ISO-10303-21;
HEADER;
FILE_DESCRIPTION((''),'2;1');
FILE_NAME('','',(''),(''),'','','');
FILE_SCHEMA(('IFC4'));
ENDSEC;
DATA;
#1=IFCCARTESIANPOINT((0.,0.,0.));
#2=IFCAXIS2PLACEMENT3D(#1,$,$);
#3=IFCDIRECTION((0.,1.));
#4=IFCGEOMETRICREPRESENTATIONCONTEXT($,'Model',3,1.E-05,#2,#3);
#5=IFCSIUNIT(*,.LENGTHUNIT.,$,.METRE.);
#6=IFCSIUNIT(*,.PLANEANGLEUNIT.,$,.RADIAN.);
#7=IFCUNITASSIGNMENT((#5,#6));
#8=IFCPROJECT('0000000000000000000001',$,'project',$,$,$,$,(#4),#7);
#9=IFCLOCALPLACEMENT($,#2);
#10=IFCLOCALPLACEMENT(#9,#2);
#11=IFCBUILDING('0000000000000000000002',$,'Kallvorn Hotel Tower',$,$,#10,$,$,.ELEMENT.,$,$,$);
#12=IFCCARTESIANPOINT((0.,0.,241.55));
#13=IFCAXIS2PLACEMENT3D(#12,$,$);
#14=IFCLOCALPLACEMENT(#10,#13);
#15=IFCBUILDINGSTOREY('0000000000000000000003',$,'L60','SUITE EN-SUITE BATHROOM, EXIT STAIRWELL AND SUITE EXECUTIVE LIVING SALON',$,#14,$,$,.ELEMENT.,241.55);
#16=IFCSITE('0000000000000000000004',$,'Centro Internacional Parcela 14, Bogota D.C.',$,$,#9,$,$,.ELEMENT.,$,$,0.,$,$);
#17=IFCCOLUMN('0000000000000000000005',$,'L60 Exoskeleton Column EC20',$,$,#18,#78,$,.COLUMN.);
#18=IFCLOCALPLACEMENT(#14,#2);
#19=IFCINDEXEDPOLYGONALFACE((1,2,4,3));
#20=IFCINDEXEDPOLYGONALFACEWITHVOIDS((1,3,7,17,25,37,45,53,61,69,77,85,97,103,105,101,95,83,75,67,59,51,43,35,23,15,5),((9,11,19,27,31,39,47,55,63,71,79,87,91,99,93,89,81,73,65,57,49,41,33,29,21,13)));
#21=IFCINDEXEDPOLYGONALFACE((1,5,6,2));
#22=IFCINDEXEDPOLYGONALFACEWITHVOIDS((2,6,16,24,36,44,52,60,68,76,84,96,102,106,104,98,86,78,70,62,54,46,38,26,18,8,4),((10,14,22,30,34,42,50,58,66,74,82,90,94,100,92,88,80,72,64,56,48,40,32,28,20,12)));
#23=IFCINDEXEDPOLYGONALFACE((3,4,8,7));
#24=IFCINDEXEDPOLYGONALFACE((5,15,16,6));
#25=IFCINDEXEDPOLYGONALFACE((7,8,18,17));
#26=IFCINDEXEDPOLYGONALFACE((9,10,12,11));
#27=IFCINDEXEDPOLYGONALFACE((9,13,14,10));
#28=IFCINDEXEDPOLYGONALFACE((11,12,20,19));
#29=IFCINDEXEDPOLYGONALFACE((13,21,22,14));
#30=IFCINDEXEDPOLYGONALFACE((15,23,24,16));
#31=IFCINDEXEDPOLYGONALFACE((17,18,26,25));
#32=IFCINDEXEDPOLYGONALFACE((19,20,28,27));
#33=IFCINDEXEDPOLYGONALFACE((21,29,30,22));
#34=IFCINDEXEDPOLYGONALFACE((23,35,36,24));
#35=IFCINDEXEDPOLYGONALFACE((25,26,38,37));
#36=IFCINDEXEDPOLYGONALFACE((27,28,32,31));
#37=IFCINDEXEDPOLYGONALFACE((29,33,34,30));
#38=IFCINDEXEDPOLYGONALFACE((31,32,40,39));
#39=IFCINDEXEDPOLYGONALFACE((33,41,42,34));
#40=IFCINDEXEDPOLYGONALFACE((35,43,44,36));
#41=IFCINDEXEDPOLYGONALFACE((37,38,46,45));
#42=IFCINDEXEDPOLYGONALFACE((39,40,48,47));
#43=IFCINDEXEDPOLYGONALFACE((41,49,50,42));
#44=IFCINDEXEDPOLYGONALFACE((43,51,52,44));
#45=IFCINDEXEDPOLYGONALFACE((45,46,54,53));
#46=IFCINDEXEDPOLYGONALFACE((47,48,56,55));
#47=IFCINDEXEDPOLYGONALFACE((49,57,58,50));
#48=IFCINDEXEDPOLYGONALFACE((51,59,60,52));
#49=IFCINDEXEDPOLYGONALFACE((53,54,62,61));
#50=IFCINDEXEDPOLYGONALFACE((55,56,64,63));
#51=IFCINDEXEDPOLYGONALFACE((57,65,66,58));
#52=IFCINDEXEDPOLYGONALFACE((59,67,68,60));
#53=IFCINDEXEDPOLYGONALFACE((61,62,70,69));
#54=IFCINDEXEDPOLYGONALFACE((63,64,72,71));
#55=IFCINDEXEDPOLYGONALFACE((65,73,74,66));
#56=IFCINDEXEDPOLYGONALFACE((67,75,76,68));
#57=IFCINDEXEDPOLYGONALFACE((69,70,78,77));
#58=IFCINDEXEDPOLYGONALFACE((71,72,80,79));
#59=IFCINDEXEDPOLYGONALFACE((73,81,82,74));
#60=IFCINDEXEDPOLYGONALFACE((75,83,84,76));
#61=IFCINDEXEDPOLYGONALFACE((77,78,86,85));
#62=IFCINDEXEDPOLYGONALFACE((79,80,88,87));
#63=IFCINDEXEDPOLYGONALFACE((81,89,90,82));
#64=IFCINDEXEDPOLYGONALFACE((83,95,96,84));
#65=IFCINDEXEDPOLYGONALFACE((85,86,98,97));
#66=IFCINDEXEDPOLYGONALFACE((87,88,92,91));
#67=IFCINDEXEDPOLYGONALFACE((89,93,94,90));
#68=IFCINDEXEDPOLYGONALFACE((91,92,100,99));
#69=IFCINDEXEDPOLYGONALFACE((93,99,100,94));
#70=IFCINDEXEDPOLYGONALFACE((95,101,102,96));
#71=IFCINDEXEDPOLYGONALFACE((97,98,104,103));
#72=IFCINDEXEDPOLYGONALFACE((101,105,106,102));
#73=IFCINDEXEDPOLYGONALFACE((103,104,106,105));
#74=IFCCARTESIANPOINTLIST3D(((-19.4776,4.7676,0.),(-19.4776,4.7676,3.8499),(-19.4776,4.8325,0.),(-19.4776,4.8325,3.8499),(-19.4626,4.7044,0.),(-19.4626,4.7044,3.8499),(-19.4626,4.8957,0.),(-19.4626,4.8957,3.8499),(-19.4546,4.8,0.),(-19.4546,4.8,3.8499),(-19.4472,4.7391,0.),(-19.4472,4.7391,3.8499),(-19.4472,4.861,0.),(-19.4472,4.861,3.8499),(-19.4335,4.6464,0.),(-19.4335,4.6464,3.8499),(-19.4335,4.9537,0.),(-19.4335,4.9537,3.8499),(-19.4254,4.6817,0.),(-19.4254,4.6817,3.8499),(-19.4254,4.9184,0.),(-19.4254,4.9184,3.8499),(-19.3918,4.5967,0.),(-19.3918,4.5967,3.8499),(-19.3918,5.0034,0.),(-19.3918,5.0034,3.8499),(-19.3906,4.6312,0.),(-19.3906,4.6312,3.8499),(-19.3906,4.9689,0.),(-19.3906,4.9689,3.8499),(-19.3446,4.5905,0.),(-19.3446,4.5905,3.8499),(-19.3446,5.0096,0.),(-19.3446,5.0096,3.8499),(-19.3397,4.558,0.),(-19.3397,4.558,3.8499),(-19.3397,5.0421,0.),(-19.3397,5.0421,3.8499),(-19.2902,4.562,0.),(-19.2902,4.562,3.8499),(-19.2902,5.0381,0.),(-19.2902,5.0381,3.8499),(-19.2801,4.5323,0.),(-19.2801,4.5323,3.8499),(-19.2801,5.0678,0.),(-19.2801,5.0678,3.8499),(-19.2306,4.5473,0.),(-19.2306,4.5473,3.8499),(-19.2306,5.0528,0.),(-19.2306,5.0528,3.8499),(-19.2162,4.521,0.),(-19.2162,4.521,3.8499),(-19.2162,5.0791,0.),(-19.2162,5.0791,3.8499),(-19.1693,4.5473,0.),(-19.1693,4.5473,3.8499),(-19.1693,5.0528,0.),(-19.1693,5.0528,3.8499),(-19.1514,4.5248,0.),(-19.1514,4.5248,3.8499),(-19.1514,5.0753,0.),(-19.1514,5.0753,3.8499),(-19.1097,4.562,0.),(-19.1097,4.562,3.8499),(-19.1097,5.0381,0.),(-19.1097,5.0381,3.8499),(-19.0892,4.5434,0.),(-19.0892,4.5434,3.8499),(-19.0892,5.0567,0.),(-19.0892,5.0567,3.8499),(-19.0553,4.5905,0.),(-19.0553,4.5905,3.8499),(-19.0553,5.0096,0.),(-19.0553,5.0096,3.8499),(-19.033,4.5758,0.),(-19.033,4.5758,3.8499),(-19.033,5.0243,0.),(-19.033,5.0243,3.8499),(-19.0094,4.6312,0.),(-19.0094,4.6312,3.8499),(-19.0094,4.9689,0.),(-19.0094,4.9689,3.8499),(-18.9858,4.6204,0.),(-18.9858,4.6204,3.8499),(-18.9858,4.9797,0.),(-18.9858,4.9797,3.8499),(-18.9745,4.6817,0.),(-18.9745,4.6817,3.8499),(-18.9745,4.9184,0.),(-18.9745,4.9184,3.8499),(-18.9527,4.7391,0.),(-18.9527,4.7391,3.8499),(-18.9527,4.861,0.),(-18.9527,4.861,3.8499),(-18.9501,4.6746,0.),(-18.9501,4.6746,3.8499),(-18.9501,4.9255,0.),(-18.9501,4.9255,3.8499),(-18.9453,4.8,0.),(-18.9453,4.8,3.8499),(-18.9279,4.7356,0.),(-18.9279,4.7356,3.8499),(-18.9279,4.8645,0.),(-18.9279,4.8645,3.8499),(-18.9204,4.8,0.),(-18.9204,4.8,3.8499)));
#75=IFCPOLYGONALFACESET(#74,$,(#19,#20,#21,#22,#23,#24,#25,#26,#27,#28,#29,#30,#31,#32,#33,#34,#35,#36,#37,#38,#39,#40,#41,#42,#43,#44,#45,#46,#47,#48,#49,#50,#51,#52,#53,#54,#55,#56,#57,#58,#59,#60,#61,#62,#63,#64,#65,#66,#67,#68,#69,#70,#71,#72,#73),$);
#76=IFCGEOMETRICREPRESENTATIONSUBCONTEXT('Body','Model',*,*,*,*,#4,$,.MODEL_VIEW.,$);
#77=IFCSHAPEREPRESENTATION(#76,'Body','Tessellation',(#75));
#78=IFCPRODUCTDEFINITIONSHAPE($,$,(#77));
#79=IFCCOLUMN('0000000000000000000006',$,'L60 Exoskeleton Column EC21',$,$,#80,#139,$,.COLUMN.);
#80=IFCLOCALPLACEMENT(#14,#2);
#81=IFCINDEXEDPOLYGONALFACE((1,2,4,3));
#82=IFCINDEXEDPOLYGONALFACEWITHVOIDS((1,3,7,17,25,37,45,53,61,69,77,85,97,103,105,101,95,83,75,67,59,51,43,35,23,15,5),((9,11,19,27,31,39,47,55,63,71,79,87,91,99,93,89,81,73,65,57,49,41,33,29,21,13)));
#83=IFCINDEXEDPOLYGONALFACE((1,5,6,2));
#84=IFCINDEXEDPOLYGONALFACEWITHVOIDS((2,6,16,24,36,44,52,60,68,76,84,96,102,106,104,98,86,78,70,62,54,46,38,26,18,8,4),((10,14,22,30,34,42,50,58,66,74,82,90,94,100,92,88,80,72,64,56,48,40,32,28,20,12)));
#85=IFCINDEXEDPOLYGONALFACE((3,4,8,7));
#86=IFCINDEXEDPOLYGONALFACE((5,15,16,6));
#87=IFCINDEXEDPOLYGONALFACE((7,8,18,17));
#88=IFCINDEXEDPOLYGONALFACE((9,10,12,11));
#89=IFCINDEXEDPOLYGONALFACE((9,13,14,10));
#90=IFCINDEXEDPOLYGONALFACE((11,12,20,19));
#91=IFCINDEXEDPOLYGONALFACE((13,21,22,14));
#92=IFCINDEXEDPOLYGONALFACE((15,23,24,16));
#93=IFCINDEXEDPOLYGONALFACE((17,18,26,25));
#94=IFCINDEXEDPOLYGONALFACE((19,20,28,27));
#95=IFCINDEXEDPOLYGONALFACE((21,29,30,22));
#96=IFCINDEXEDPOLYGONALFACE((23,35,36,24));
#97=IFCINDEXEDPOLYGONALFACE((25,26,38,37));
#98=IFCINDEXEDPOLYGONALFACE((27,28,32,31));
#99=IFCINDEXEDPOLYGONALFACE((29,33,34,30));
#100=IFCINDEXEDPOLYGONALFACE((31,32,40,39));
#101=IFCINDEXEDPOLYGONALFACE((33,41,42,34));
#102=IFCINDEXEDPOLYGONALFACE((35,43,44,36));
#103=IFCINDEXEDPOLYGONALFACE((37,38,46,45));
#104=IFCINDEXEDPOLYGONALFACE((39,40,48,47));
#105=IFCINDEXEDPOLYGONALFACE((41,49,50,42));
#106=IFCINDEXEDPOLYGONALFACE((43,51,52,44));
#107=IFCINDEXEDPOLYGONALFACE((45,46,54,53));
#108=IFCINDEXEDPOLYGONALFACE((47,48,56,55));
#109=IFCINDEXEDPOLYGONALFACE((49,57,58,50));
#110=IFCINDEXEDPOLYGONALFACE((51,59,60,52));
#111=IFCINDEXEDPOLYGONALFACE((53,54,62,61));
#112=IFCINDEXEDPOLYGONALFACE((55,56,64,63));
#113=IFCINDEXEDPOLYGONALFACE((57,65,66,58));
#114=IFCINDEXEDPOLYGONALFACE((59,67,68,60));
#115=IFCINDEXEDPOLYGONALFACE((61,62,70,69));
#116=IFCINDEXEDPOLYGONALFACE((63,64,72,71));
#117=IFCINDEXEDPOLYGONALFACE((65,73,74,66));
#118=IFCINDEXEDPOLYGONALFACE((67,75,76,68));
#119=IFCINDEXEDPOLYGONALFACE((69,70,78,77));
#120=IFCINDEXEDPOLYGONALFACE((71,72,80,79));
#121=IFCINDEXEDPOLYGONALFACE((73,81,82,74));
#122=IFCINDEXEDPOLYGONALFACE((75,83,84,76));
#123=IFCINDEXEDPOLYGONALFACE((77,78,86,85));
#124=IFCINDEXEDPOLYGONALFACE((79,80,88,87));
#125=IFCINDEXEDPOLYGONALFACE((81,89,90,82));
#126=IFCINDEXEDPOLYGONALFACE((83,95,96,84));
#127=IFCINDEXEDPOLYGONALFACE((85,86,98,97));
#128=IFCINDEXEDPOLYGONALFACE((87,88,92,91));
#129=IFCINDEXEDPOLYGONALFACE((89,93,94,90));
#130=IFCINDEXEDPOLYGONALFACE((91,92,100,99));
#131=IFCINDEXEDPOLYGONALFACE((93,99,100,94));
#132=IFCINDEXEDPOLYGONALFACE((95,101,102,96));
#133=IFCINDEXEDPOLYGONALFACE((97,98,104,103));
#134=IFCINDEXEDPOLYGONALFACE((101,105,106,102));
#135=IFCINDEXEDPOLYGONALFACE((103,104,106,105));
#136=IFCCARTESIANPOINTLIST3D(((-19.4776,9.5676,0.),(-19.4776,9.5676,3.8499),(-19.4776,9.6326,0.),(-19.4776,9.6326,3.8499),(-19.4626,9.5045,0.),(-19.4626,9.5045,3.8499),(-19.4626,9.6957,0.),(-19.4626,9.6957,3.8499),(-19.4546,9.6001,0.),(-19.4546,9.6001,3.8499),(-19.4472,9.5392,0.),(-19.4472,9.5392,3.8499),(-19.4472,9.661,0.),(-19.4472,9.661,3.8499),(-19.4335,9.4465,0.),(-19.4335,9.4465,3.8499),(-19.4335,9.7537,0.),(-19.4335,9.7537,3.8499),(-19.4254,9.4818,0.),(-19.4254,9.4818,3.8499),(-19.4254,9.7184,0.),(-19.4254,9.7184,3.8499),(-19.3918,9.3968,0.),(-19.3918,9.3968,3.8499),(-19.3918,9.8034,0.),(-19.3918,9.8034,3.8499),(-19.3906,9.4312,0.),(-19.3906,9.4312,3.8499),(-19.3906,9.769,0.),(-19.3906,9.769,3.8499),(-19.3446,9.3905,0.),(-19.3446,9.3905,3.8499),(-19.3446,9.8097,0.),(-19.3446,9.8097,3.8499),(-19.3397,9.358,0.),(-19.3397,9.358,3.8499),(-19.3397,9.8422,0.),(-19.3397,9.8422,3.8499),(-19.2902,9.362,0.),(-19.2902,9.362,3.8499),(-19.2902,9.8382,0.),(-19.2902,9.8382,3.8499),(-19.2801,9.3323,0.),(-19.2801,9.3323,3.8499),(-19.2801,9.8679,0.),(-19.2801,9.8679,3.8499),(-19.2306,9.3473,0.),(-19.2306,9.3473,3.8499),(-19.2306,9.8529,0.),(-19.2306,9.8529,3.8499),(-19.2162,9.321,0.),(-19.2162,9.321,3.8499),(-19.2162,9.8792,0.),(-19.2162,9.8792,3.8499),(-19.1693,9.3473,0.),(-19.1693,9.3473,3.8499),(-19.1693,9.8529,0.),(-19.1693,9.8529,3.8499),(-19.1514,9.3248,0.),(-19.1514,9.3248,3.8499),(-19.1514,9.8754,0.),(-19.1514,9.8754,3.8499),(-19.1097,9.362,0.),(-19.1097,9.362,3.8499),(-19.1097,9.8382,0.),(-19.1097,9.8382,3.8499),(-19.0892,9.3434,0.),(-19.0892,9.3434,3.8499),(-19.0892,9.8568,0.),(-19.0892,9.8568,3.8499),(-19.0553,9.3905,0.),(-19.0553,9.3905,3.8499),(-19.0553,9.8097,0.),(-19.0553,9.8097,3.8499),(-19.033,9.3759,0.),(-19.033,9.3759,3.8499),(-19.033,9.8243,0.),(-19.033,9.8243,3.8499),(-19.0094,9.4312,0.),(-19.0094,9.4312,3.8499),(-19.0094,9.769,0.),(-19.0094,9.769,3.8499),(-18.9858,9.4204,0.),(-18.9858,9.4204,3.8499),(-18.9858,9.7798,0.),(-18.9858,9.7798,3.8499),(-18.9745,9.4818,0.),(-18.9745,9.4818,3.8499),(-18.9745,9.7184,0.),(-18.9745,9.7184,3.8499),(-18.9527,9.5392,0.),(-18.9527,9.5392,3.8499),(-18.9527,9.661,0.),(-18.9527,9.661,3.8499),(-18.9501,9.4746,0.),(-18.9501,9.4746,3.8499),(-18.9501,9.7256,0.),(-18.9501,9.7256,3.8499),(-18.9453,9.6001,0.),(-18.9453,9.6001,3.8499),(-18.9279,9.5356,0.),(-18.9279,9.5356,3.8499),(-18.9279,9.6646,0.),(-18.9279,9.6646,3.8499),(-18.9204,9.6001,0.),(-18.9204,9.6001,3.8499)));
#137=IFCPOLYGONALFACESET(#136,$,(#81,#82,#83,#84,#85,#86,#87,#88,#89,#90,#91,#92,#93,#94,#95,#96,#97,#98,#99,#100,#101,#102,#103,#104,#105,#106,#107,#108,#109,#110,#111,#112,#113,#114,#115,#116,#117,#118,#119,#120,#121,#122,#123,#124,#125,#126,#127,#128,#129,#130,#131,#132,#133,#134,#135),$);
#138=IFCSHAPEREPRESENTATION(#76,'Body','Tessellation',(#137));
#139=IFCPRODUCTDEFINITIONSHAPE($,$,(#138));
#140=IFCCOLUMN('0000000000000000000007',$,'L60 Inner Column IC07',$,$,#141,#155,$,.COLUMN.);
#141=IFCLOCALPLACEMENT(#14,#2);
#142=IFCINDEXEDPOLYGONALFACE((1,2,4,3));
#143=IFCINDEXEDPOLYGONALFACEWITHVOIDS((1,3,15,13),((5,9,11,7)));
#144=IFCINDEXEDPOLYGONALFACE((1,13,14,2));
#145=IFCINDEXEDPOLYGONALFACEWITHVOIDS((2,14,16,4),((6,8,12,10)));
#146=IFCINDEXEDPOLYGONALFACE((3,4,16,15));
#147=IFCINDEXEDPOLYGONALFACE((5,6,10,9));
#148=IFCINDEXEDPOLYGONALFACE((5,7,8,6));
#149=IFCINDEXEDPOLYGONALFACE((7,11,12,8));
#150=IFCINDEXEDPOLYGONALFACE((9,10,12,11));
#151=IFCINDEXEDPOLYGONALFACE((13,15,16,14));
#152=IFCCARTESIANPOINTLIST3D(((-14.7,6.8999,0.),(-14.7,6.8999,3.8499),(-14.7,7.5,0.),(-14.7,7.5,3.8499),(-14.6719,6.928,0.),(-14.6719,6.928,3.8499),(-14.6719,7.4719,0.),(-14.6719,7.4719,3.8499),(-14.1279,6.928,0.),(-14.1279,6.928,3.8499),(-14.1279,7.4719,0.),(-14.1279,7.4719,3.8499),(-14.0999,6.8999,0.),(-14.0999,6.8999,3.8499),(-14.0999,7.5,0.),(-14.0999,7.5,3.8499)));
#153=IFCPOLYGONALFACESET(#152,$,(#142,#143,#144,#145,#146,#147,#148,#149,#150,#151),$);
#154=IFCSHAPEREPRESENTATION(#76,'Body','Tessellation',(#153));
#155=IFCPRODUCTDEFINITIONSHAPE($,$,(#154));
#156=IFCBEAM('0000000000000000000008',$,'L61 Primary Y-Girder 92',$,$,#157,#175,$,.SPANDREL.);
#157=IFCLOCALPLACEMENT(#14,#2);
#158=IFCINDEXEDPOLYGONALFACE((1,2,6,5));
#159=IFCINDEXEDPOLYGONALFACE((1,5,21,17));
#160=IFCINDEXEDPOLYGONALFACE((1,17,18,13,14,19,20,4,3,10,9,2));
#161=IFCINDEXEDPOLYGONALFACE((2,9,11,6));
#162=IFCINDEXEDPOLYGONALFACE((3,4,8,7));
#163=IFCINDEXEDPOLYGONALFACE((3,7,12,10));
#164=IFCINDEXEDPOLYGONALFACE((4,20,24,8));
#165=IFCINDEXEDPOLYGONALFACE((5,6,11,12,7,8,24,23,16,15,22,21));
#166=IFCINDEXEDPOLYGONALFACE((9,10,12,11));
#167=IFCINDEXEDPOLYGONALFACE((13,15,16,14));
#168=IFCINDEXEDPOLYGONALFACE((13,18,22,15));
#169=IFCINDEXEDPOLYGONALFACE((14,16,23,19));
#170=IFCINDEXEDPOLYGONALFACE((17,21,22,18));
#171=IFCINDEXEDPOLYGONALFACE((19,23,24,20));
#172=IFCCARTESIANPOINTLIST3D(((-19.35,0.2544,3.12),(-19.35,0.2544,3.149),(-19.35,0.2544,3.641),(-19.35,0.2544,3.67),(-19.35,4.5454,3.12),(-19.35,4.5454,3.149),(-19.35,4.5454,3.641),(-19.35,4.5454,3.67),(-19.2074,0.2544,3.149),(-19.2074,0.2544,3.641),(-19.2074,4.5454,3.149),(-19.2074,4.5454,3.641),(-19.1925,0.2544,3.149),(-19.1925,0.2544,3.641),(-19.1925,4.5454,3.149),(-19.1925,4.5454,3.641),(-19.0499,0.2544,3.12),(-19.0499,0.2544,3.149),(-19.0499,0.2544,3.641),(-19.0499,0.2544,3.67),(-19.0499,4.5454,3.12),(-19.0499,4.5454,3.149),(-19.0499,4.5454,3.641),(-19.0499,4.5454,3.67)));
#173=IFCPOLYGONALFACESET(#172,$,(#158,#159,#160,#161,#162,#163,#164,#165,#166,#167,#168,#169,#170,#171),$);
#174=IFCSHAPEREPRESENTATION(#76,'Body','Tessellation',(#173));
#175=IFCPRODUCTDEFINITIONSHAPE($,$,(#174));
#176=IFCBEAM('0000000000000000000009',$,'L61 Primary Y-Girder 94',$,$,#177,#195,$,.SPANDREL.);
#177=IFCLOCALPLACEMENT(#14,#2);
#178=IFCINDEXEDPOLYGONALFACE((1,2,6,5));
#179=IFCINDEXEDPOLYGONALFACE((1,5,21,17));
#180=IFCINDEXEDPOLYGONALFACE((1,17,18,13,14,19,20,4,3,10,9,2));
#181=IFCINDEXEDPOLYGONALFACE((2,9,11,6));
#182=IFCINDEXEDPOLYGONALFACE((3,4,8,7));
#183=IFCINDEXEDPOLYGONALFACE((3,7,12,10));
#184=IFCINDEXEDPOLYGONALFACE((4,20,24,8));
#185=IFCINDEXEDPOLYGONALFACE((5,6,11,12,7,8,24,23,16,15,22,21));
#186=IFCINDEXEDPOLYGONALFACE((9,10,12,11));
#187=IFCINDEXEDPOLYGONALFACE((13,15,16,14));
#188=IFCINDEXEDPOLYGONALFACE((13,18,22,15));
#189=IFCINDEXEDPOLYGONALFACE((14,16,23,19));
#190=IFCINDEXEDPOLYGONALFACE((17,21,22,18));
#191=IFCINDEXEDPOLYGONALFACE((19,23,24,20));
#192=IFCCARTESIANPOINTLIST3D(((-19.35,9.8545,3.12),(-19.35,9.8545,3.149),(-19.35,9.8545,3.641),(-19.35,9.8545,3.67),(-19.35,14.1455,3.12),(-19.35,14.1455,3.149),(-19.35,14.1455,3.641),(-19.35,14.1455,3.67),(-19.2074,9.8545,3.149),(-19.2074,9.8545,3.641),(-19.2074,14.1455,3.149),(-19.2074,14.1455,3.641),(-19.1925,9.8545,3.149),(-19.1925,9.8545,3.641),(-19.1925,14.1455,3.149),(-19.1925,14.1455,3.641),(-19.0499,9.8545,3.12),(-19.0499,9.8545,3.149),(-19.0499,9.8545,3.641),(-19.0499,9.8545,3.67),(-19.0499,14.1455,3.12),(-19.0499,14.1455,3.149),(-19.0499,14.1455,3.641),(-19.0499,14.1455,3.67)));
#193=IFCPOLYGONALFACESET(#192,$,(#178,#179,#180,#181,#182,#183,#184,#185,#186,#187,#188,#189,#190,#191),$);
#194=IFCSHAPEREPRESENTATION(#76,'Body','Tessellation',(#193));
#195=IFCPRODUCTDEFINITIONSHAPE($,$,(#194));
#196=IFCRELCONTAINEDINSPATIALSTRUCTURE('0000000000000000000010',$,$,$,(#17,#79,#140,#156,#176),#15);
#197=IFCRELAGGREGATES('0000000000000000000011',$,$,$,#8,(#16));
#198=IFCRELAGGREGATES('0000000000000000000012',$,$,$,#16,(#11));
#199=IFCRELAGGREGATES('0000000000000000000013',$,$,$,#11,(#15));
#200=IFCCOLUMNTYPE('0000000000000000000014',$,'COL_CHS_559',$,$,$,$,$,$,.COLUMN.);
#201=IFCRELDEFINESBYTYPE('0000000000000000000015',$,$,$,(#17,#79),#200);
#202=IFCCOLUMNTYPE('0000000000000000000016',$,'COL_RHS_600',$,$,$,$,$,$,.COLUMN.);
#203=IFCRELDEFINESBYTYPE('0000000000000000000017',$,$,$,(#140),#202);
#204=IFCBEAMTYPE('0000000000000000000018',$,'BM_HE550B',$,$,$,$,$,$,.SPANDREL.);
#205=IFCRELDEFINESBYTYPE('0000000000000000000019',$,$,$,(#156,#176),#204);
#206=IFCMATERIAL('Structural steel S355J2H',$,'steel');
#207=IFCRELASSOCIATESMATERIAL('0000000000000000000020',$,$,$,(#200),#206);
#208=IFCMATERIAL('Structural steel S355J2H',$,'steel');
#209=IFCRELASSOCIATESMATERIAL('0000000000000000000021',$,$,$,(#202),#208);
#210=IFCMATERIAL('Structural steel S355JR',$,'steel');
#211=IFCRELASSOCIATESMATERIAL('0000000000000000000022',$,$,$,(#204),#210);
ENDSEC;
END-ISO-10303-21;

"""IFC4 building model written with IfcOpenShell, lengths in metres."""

from ifc_helpers import new_model, si_unit, direction, frame, origin, origin_2d, place, context, subcontext, project, spatial, hollow_rectangle, hollow_circle, i_section, extrude, material, material_profile, profile_set, type_object, element, save


model = new_model("IFC4")

# Units and contexts
model_context = context("Model", 3, precision=1e-05, world=origin(), true_north=direction((0.0, 1.0)))
body_context = subcontext(model_context, "Body", "Model", "MODEL_VIEW")
ifc_project = project(units=[si_unit("LENGTHUNIT", "METRE"), si_unit("PLANEANGLEUNIT", "RADIAN")], contexts=[model_context])

# Site, building, storey
site_placement = place(None, origin())
site = spatial("IfcSite", under=ifc_project, at=site_placement, Name="Centro Internacional Parcela 14, Bogota D.C.", CompositionType="ELEMENT", RefElevation=0.0)
building_placement = place(site_placement, origin())
building = spatial("IfcBuilding", under=site, at=building_placement, Name="Kallvorn Hotel Tower", CompositionType="ELEMENT")
storey_placement = place(building_placement, frame((0.0, 0.0, 241.55)))
storey = spatial("IfcBuildingStorey", under=building, at=storey_placement, Name="L60", Description="SUITE EN-SUITE BATHROOM, EXIT STAIRWELL AND SUITE EXECUTIVE LIVING SALON", CompositionType="ELEMENT", Elevation=241.55)

# Columns
ifc_material_1 = material(Name="Structural steel S355J2H", Category="steel")
ifc_material_profile_1 = material_profile(ifc_material_1, hollow_circle(Radius=0.2795, WallThickness=0.0249, at=origin_2d()), Name="CHS 559x25")
ifc_profile_set_1 = profile_set([ifc_material_profile_1], Name="Structural steel S355J2H")
column_type_1 = type_object("IfcColumnType", Name="COL_CHS_559", PredefinedType="COLUMN", material=ifc_profile_set_1)
for number, where, z_axis, x_axis, name in (
    (1, (-19.2, 4.8, 0.0), (0.0, 0.0, 1.0), (1.0, 0.0, 0.0), "L60 Exoskeleton Column EC20"),
    (2, (-19.2, 9.6001, 0.0), (0.0, 0.0, 1.0), (1.0, 0.0, 0.0), "L60 Exoskeleton Column EC21"),
):
    element("IfcColumn", number, at=place(storey_placement, frame(where, z_axis=z_axis, x_axis=x_axis)), inside=storey, type_object=column_type_1, Name=name, PredefinedType="COLUMN", context=body_context, shape_type="SweptSolid", body=[
        extrude(hollow_circle(Radius=0.2795, WallThickness=0.0249, at=origin_2d()), origin(), (0.0, 0.0, 1.0), 3.8499),
    ])
ifc_material_2 = material(Name="Structural steel S355J2H", Category="steel")
ifc_material_profile_2 = material_profile(ifc_material_2, hollow_rectangle(XDim=0.6001, YDim=0.6001, WallThickness=0.0281, at=origin_2d()), Name="RHS 600x600x28")
ifc_profile_set_2 = profile_set([ifc_material_profile_2], Name="Structural steel S355J2H")
column_type_2 = type_object("IfcColumnType", Name="COL_RHS_600", PredefinedType="COLUMN", material=ifc_profile_set_2)
column_placement = place(storey_placement, frame((-14.3999, 7.2, 0.0), z_axis=(0.0, 0.0, 1.0), x_axis=(1.0, 0.0, 0.0)))
element("IfcColumn", 3, at=column_placement, inside=storey, type_object=column_type_2, Name="L60 Inner Column IC07", PredefinedType="COLUMN", context=body_context, shape_type="SweptSolid", body=[
    extrude(hollow_rectangle(XDim=0.6001, YDim=0.6001, WallThickness=0.0281, at=origin_2d()), origin(), (0.0, 0.0, 1.0), 3.8499),
])

# Beams
ifc_material_3 = material(Name="Structural steel S355JR", Category="steel")
ifc_material_profile_3 = material_profile(ifc_material_3, i_section(OverallWidth=0.3, OverallDepth=0.55, WebThickness=0.0149, FlangeThickness=0.0291, at=origin_2d()), Name="HE 550 B")
ifc_profile_set_3 = profile_set([ifc_material_profile_3], Name="Structural steel S355JR")
beam_type_1 = type_object("IfcBeamType", Name="BM_HE550B", PredefinedType="SPANDREL", material=ifc_profile_set_3)
for number, where, z_axis, x_axis, name in (
    (4, (-19.2, 0.2544, 3.395), (0.0, 1.0, 0.0), (-1.0, 0.0, 0.0), "L61 Primary Y-Girder 92"),
    (5, (-19.2, 9.8545, 3.395), (0.0, 1.0, 0.0), (-1.0, 0.0, 0.0), "L61 Primary Y-Girder 94"),
):
    element("IfcBeam", number, at=place(storey_placement, frame(where, z_axis=z_axis, x_axis=x_axis)), inside=storey, type_object=beam_type_1, Name=name, PredefinedType="SPANDREL", context=body_context, shape_type="SweptSolid", body=[
        extrude(i_section(OverallWidth=0.3, OverallDepth=0.55, WebThickness=0.0149, FlangeThickness=0.0291, at=origin_2d()), origin(), (0.0, 0.0, 1.0), 4.291),
    ])

save(model, "model.ifc")
